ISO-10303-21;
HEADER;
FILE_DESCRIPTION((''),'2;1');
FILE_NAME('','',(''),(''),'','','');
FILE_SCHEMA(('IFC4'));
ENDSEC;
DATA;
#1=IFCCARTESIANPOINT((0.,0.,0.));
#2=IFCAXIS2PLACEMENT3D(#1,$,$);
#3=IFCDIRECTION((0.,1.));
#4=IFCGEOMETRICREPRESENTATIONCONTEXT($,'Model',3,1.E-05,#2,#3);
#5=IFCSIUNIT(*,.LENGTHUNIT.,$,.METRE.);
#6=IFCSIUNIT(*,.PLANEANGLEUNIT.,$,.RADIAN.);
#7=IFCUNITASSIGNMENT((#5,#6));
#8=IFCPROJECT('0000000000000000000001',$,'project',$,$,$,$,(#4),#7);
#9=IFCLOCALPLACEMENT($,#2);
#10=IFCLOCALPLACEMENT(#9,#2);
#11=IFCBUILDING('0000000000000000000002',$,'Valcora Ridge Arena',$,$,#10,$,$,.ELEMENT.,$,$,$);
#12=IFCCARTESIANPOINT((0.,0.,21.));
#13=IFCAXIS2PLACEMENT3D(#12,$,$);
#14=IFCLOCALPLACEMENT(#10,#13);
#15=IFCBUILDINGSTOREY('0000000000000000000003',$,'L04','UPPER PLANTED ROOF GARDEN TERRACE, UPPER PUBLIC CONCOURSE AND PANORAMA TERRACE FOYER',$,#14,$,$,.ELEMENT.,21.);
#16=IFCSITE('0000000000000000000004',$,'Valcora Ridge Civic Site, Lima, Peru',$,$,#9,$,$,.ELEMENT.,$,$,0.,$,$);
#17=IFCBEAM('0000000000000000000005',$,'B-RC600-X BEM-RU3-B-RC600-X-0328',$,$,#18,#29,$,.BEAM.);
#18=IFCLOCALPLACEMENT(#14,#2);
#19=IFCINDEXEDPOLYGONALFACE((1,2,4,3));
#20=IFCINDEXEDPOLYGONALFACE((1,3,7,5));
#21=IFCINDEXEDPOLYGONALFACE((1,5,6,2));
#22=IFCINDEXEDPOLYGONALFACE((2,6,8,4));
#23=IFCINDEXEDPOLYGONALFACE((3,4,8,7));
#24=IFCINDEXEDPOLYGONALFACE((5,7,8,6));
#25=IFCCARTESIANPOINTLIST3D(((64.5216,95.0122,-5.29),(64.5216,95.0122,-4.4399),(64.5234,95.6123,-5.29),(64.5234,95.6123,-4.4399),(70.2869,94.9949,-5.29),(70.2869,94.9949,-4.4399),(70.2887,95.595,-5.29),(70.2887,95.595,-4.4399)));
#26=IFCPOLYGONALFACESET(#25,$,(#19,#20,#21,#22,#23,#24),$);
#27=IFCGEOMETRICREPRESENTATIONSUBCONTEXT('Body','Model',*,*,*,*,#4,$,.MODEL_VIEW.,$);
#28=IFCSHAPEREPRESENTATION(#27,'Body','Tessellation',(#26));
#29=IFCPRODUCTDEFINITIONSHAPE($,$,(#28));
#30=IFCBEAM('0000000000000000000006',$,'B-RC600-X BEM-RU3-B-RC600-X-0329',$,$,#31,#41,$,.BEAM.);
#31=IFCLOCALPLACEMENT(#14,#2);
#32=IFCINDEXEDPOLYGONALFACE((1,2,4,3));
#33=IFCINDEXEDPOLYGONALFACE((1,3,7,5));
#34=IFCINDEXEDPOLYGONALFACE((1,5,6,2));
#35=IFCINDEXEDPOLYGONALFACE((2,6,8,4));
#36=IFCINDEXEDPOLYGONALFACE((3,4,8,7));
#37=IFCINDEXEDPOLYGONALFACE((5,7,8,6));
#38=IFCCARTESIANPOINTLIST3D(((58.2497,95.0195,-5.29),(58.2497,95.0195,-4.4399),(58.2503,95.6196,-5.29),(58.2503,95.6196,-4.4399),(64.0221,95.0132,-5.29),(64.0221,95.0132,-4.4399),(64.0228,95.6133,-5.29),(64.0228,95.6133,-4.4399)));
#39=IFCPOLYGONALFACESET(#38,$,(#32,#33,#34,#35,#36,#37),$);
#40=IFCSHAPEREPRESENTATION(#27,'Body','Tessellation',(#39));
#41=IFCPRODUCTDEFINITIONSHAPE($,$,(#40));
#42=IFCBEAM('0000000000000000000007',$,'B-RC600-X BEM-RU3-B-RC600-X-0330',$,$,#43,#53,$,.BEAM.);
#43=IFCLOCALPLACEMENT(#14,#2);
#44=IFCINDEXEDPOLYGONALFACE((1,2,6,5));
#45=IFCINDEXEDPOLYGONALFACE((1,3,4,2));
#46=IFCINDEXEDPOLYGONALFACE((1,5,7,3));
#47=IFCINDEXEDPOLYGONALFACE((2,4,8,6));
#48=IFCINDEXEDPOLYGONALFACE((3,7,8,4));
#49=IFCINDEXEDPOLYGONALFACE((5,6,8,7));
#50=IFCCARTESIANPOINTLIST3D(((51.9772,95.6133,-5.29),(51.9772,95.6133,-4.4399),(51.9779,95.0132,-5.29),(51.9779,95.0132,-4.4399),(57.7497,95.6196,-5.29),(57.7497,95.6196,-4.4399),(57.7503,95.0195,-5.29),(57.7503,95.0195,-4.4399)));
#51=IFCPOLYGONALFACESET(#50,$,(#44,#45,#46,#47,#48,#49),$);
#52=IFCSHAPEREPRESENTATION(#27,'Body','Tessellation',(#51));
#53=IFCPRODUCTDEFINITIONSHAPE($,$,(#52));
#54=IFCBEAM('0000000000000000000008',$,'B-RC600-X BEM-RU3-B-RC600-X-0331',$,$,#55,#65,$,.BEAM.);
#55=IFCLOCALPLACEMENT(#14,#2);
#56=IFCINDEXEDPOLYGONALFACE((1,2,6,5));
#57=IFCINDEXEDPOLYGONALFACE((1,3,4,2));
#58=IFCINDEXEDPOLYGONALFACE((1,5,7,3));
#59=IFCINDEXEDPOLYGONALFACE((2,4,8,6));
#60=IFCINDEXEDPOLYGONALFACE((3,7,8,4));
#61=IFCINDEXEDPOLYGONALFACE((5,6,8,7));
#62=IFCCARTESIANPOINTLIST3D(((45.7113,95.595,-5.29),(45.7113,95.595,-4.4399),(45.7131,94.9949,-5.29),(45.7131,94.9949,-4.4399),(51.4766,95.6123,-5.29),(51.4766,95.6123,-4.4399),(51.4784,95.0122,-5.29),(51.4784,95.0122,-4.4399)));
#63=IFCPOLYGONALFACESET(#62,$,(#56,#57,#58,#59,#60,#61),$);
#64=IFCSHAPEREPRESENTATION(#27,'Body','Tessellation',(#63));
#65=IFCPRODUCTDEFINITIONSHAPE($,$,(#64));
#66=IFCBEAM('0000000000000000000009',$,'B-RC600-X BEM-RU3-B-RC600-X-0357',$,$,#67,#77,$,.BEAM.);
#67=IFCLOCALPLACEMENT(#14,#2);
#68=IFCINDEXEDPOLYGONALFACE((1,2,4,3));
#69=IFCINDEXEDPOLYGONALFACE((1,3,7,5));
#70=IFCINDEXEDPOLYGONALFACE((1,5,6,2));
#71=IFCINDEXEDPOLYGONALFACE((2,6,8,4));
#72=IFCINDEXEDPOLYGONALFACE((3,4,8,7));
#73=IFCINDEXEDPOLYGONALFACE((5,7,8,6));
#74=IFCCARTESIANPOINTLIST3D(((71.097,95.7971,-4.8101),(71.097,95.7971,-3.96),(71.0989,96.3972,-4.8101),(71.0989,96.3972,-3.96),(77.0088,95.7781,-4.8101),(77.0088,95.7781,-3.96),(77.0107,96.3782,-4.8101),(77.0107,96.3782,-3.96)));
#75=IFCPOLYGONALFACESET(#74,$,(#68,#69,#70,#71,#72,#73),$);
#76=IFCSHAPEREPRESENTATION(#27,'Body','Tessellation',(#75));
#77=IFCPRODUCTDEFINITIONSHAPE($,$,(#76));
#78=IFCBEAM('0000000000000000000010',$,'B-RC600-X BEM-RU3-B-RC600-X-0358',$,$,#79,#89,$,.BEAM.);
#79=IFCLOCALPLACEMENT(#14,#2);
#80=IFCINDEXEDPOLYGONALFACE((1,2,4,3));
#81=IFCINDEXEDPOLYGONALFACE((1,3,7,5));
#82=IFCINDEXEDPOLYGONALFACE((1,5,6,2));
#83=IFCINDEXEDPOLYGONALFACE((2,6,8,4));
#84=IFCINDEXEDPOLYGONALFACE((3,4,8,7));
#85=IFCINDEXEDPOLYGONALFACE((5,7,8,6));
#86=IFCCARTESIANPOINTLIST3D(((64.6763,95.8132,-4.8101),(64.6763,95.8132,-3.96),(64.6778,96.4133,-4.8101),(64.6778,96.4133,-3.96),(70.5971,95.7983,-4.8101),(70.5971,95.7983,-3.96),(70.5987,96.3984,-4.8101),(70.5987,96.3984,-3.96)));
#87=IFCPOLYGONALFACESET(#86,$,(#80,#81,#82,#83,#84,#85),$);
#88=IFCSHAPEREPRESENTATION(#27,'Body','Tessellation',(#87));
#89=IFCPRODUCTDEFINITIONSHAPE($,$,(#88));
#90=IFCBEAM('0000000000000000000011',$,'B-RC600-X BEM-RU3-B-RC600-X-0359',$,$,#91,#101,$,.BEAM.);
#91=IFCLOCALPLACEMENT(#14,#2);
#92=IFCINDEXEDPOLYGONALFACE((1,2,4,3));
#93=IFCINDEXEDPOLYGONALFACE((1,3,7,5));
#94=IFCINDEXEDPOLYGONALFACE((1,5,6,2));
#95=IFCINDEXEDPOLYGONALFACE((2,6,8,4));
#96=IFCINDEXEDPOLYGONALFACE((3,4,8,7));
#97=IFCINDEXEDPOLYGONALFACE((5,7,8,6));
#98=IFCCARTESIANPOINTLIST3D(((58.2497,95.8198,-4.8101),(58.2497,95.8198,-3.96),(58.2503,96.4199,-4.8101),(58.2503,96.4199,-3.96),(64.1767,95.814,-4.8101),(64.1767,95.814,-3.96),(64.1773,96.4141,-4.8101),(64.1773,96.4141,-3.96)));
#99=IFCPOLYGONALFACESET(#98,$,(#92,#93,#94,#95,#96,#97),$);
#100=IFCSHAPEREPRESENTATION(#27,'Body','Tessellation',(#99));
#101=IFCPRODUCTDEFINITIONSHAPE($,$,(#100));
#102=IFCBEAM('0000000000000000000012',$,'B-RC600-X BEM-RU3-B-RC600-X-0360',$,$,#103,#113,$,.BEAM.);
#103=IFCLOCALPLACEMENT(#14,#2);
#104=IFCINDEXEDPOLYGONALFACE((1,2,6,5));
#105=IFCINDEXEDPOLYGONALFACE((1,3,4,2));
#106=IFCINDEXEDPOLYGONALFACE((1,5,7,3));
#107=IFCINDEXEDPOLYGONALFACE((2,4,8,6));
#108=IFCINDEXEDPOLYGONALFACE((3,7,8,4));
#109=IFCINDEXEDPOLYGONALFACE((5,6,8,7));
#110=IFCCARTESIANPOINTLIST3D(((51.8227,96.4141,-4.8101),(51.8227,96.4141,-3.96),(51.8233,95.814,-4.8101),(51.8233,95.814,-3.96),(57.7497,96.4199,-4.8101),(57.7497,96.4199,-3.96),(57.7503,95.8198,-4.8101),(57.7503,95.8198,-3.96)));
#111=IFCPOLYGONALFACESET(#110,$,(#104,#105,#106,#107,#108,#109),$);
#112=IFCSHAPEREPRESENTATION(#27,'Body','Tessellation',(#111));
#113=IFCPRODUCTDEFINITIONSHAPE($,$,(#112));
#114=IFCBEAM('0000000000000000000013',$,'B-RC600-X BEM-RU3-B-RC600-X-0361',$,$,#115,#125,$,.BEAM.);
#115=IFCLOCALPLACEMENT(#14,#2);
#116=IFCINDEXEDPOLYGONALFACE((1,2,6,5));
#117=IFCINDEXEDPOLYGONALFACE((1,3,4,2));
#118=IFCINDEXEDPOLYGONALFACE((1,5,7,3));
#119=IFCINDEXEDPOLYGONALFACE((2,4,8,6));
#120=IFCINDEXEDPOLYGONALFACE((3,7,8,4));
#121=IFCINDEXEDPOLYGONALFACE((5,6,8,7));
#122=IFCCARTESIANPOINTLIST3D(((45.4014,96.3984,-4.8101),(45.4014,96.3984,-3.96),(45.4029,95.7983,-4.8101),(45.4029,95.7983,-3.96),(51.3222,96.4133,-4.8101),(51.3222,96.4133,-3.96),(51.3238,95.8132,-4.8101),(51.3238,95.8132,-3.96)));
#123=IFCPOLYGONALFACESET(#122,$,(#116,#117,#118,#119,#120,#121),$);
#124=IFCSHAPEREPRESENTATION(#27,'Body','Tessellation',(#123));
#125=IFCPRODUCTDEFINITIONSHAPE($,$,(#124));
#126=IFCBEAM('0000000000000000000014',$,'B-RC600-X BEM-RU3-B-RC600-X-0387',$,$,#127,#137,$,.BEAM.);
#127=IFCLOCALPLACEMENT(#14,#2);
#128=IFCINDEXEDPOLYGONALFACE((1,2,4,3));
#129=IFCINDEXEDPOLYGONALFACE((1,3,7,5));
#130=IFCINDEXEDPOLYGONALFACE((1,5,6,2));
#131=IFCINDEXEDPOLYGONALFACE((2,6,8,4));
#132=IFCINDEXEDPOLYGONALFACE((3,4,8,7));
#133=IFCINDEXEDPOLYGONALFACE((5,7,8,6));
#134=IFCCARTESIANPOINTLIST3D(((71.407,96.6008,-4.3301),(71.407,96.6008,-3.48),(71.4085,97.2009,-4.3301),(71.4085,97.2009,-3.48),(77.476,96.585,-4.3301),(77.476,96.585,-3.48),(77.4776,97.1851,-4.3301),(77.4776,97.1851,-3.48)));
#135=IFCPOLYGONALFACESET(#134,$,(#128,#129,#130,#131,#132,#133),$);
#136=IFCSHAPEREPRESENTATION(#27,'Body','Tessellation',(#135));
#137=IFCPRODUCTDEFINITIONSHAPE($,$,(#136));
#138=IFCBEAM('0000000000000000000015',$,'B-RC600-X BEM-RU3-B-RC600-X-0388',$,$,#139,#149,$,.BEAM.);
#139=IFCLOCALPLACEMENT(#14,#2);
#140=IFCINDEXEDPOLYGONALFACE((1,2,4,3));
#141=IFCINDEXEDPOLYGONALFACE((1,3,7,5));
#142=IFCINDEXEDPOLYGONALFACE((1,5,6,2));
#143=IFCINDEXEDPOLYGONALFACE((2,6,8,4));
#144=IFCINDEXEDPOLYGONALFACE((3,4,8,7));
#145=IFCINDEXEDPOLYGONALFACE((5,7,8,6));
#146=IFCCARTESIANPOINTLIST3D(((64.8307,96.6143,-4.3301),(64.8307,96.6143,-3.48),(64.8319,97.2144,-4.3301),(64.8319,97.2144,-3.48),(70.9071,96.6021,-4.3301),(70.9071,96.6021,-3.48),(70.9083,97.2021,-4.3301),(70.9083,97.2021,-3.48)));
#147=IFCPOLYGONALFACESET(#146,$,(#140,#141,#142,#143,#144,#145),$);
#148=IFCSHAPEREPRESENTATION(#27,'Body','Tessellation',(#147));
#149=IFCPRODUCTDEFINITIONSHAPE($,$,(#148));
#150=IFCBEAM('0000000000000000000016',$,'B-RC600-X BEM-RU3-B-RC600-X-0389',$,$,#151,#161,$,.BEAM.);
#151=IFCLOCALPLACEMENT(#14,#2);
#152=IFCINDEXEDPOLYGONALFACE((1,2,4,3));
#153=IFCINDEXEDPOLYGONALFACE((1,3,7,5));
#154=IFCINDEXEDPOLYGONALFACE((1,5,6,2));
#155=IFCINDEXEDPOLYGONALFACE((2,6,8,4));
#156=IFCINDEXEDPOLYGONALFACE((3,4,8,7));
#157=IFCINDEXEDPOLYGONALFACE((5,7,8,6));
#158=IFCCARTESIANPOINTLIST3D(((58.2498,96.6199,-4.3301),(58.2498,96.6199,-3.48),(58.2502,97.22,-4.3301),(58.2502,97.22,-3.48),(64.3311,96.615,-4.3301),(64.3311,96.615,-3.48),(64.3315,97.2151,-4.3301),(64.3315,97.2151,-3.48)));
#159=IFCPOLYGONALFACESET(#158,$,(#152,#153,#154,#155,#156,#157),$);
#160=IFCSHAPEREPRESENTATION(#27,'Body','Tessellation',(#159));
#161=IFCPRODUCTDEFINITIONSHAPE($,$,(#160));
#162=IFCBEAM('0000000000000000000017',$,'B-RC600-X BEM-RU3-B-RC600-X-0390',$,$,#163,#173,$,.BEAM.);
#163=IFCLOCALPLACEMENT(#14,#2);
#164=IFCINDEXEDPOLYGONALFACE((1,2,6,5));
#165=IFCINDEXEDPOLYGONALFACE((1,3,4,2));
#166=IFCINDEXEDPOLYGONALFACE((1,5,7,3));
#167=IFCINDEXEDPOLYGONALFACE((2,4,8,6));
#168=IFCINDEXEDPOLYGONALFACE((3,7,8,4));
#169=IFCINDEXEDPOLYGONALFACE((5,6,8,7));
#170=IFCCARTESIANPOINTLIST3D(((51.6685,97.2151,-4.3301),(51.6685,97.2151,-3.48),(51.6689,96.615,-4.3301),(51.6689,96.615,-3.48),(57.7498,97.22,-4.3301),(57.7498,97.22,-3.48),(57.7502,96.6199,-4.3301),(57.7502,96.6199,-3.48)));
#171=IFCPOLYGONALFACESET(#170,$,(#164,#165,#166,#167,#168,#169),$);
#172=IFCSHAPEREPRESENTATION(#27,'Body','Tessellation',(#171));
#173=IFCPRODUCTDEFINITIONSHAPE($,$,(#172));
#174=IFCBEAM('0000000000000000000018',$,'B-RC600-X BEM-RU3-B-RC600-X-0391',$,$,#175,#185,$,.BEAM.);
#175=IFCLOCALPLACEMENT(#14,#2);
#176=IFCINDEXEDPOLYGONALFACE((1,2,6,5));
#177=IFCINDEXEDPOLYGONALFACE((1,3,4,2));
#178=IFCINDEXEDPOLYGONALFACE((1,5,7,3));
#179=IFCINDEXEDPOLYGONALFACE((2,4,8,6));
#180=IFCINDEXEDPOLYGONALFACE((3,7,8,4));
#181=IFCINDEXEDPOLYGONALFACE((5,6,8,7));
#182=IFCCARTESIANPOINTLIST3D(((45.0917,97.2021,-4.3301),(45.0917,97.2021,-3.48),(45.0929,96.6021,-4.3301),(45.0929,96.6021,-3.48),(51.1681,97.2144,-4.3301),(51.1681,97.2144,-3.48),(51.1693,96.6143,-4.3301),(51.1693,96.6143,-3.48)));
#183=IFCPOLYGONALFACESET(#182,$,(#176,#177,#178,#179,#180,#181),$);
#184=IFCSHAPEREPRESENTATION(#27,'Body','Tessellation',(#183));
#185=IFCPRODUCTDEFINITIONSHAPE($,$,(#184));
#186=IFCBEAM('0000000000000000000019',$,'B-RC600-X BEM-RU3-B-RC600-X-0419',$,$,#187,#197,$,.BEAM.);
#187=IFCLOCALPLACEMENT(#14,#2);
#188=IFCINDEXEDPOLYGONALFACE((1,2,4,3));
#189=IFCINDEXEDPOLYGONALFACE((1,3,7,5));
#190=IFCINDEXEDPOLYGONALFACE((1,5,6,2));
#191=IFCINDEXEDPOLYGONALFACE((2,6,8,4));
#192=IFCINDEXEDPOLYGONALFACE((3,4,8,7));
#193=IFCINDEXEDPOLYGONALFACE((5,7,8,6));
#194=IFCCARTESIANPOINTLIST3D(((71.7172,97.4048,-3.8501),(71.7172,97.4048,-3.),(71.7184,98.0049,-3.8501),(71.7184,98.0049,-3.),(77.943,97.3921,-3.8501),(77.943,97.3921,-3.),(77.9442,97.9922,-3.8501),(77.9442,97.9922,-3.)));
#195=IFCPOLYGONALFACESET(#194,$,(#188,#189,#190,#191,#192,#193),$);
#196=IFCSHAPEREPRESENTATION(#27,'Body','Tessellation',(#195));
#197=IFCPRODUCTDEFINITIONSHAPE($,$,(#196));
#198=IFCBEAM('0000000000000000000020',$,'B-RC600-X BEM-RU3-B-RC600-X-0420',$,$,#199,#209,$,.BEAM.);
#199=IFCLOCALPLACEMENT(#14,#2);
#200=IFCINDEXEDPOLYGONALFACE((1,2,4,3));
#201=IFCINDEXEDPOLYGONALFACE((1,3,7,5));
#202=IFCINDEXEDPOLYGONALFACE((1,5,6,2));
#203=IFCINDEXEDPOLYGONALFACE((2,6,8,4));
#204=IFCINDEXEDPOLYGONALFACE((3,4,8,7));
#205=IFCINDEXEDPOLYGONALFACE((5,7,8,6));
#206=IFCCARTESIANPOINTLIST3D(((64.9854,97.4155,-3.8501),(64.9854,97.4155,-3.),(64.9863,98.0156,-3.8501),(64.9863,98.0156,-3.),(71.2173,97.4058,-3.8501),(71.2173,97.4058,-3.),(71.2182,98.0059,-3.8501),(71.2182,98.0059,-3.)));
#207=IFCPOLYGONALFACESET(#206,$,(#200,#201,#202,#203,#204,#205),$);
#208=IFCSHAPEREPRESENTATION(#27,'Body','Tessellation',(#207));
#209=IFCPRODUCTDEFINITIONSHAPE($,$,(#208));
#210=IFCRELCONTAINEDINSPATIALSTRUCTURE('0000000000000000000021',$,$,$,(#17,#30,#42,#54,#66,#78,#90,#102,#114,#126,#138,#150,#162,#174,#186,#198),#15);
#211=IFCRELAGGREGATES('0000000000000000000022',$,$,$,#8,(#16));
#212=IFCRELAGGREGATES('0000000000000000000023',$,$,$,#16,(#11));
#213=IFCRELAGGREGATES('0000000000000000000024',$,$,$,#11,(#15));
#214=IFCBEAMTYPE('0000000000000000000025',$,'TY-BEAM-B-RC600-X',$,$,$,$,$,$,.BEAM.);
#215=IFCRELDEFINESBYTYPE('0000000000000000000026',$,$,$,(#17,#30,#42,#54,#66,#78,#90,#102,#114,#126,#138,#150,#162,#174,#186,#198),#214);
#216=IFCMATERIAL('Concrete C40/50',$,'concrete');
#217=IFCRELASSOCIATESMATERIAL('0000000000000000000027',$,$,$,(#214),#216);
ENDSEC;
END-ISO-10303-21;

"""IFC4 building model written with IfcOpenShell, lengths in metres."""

from ifc_helpers import new_model, si_unit, direction, frame, origin, origin_2d, place, context, subcontext, project, spatial, rectangle, extrude, material, material_profile, profile_set, type_object, element, save


model = new_model("IFC4")

# Units and contexts
model_context = context("Model", 3, precision=1e-05, world=origin(), true_north=direction((0.0, 1.0)))
body_context = subcontext(model_context, "Body", "Model", "MODEL_VIEW")
ifc_project = project(units=[si_unit("LENGTHUNIT", "METRE"), si_unit("PLANEANGLEUNIT", "RADIAN")], contexts=[model_context])

# Site, building, storey
site_placement = place(None, origin())
site = spatial("IfcSite", under=ifc_project, at=site_placement, Name="Valcora Ridge Civic Site, Lima, Peru", CompositionType="ELEMENT", RefElevation=0.0)
building_placement = place(site_placement, origin())
building = spatial("IfcBuilding", under=site, at=building_placement, Name="Valcora Ridge Arena", CompositionType="ELEMENT")
storey_placement = place(building_placement, frame((0.0, 0.0, 21.0)))
storey = spatial("IfcBuildingStorey", under=building, at=storey_placement, Name="L04", Description="UPPER PLANTED ROOF GARDEN TERRACE, UPPER PUBLIC CONCOURSE AND PANORAMA TERRACE FOYER", CompositionType="ELEMENT", Elevation=21.0)

# Beams
ifc_material = material(Name="Concrete C40/50", Category="concrete")
ifc_material_profile = material_profile(ifc_material, rectangle(XDim=0.6001, YDim=0.8501, at=origin_2d()), Name="RC 600x850")
ifc_profile_set = profile_set([ifc_material_profile], Name="Concrete C40/50")
beam_type = type_object("IfcBeamType", Name="TY-BEAM-B-RC600-X", PredefinedType="BEAM", material=ifc_profile_set)
beam_1_placement = place(storey_placement, frame((70.2878, 95.2949, -4.865), z_axis=(-0.999995, 0.003007, 0.0), x_axis=(-0.003007, -0.999995, 0.0)))
element("IfcBeam", 1, at=beam_1_placement, inside=storey, type_object=beam_type, Name="B-RC600-X BEM-RU3-B-RC600-X-0328", PredefinedType="BEAM", context=body_context, shape_type="SweptSolid", body=[
    extrude(rectangle(XDim=0.6001, YDim=0.8501, at=origin_2d()), origin(), (0.0, 0.0, 1.0), 5.7654),
])
for number, where, z_axis, x_axis, name in (
    (2, (64.0225, 95.3132, -4.865), (-0.999999, 0.0011, 0.0), (-0.0011, -0.999999, 0.0), "B-RC600-X BEM-RU3-B-RC600-X-0329"),
    (3, (57.75, 95.3196, -4.865), (-0.999999, -0.0011, 0.0), (0.0011, -0.999999, 0.0), "B-RC600-X BEM-RU3-B-RC600-X-0330"),
):
    element("IfcBeam", number, at=place(storey_placement, frame(where, z_axis=z_axis, x_axis=x_axis)), inside=storey, type_object=beam_type, Name=name, PredefinedType="BEAM", context=body_context, shape_type="SweptSolid", body=[
        extrude(rectangle(XDim=0.6001, YDim=0.8501, at=origin_2d()), origin(), (0.0, 0.0, 1.0), 5.7725),
    ])
beam_2_placement = place(storey_placement, frame((51.4775, 95.3123, -4.865), z_axis=(-0.999995, -0.003007, 0.0), x_axis=(0.003007, -0.999995, 0.0)))
element("IfcBeam", 4, at=beam_2_placement, inside=storey, type_object=beam_type, Name="B-RC600-X BEM-RU3-B-RC600-X-0331", PredefinedType="BEAM", context=body_context, shape_type="SweptSolid", body=[
    extrude(rectangle(XDim=0.6001, YDim=0.8501, at=origin_2d()), origin(), (0.0, 0.0, 1.0), 5.7654),
])
beam_3_placement = place(storey_placement, frame((77.0098, 96.0781, -4.385), z_axis=(-0.999995, 0.003221, 0.0), x_axis=(-0.003221, -0.999995, 0.0)))
element("IfcBeam", 5, at=beam_3_placement, inside=storey, type_object=beam_type, Name="B-RC600-X BEM-RU3-B-RC600-X-0357", PredefinedType="BEAM", context=body_context, shape_type="SweptSolid", body=[
    extrude(rectangle(XDim=0.6001, YDim=0.8501, at=origin_2d()), origin(), (0.0, 0.0, 1.0), 5.9119),
])
beam_4_placement = place(storey_placement, frame((70.5979, 96.0984, -4.385), z_axis=(-0.999997, 0.002515, 0.0), x_axis=(-0.002515, -0.999997, 0.0)))
element("IfcBeam", 6, at=beam_4_placement, inside=storey, type_object=beam_type, Name="B-RC600-X BEM-RU3-B-RC600-X-0358", PredefinedType="BEAM", context=body_context, shape_type="SweptSolid", body=[
    extrude(rectangle(XDim=0.6001, YDim=0.8501, at=origin_2d()), origin(), (0.0, 0.0, 1.0), 5.9209),
])
for number, where, z_axis, x_axis, name in (
    (7, (64.177, 96.114, -4.385), (-1.0, 0.000989, 0.0), (-0.000989, -1.0, 0.0), "B-RC600-X BEM-RU3-B-RC600-X-0359"),
    (8, (57.75, 96.1199, -4.385), (-1.0, -0.000989, 0.0), (0.000989, -1.0, 0.0), "B-RC600-X BEM-RU3-B-RC600-X-0360"),
):
    element("IfcBeam", number, at=place(storey_placement, frame(where, z_axis=z_axis, x_axis=x_axis)), inside=storey, type_object=beam_type, Name=name, PredefinedType="BEAM", context=body_context, shape_type="SweptSolid", body=[
        extrude(rectangle(XDim=0.6001, YDim=0.8501, at=origin_2d()), origin(), (0.0, 0.0, 1.0), 5.927),
    ])
beam_5_placement = place(storey_placement, frame((51.323, 96.1133, -4.385), z_axis=(-0.999997, -0.002515, 0.0), x_axis=(0.002515, -0.999997, 0.0)))
element("IfcBeam", 9, at=beam_5_placement, inside=storey, type_object=beam_type, Name="B-RC600-X BEM-RU3-B-RC600-X-0361", PredefinedType="BEAM", context=body_context, shape_type="SweptSolid", body=[
    extrude(rectangle(XDim=0.6001, YDim=0.8501, at=origin_2d()), origin(), (0.0, 0.0, 1.0), 5.9209),
])
beam_6_placement = place(storey_placement, frame((77.4768, 96.885, -3.905), z_axis=(-0.999997, 0.002615, 0.0), x_axis=(-0.002615, -0.999997, 0.0)))
element("IfcBeam", 10, at=beam_6_placement, inside=storey, type_object=beam_type, Name="B-RC600-X BEM-RU3-B-RC600-X-0387", PredefinedType="BEAM", context=body_context, shape_type="SweptSolid", body=[
    extrude(rectangle(XDim=0.6001, YDim=0.8501, at=origin_2d()), origin(), (0.0, 0.0, 1.0), 6.0691),
])
beam_7_placement = place(storey_placement, frame((70.9077, 96.9021, -3.905), z_axis=(-0.999998, 0.002009, 0.0), x_axis=(-0.002009, -0.999998, 0.0)))
element("IfcBeam", 11, at=beam_7_placement, inside=storey, type_object=beam_type, Name="B-RC600-X BEM-RU3-B-RC600-X-0388", PredefinedType="BEAM", context=body_context, shape_type="SweptSolid", body=[
    extrude(rectangle(XDim=0.6001, YDim=0.8501, at=origin_2d()), origin(), (0.0, 0.0, 1.0), 6.0764),
])
for number, where, z_axis, x_axis, name in (
    (12, (64.3313, 96.915, -3.905), (-1.0, 0.000803, 0.0), (-0.000803, -1.0, 0.0), "B-RC600-X BEM-RU3-B-RC600-X-0389"),
    (13, (57.75, 96.9199, -3.905), (-1.0, -0.000803, 0.0), (0.000803, -1.0, 0.0), "B-RC600-X BEM-RU3-B-RC600-X-0390"),
):
    element("IfcBeam", number, at=place(storey_placement, frame(where, z_axis=z_axis, x_axis=x_axis)), inside=storey, type_object=beam_type, Name=name, PredefinedType="BEAM", context=body_context, shape_type="SweptSolid", body=[
        extrude(rectangle(XDim=0.6001, YDim=0.8501, at=origin_2d()), origin(), (0.0, 0.0, 1.0), 6.0813),
    ])
beam_8_placement = place(storey_placement, frame((51.1687, 96.9143, -3.905), z_axis=(-0.999998, -0.002009, 0.0), x_axis=(0.002009, -0.999998, 0.0)))
element("IfcBeam", 14, at=beam_8_placement, inside=storey, type_object=beam_type, Name="B-RC600-X BEM-RU3-B-RC600-X-0391", PredefinedType="BEAM", context=body_context, shape_type="SweptSolid", body=[
    extrude(rectangle(XDim=0.6001, YDim=0.8501, at=origin_2d()), origin(), (0.0, 0.0, 1.0), 6.0764),
])
beam_9_placement = place(storey_placement, frame((77.9436, 97.6921, -3.425), z_axis=(-0.999998, 0.002039, 0.0), x_axis=(-0.002039, -0.999998, 0.0)))
element("IfcBeam", 15, at=beam_9_placement, inside=storey, type_object=beam_type, Name="B-RC600-X BEM-RU3-B-RC600-X-0419", PredefinedType="BEAM", context=body_context, shape_type="SweptSolid", body=[
    extrude(rectangle(XDim=0.6001, YDim=0.8501, at=origin_2d()), origin(), (0.0, 0.0, 1.0), 6.2258),
])
beam_10_placement = place(storey_placement, frame((71.2178, 97.7058, -3.425), z_axis=(-0.999999, 0.001567, 0.0), x_axis=(-0.001567, -0.999999, 0.0)))
element("IfcBeam", 16, at=beam_10_placement, inside=storey, type_object=beam_type, Name="B-RC600-X BEM-RU3-B-RC600-X-0420", PredefinedType="BEAM", context=body_context, shape_type="SweptSolid", body=[
    extrude(rectangle(XDim=0.6001, YDim=0.8501, at=origin_2d()), origin(), (0.0, 0.0, 1.0), 6.2319),
])

save(model, "model.ifc")
